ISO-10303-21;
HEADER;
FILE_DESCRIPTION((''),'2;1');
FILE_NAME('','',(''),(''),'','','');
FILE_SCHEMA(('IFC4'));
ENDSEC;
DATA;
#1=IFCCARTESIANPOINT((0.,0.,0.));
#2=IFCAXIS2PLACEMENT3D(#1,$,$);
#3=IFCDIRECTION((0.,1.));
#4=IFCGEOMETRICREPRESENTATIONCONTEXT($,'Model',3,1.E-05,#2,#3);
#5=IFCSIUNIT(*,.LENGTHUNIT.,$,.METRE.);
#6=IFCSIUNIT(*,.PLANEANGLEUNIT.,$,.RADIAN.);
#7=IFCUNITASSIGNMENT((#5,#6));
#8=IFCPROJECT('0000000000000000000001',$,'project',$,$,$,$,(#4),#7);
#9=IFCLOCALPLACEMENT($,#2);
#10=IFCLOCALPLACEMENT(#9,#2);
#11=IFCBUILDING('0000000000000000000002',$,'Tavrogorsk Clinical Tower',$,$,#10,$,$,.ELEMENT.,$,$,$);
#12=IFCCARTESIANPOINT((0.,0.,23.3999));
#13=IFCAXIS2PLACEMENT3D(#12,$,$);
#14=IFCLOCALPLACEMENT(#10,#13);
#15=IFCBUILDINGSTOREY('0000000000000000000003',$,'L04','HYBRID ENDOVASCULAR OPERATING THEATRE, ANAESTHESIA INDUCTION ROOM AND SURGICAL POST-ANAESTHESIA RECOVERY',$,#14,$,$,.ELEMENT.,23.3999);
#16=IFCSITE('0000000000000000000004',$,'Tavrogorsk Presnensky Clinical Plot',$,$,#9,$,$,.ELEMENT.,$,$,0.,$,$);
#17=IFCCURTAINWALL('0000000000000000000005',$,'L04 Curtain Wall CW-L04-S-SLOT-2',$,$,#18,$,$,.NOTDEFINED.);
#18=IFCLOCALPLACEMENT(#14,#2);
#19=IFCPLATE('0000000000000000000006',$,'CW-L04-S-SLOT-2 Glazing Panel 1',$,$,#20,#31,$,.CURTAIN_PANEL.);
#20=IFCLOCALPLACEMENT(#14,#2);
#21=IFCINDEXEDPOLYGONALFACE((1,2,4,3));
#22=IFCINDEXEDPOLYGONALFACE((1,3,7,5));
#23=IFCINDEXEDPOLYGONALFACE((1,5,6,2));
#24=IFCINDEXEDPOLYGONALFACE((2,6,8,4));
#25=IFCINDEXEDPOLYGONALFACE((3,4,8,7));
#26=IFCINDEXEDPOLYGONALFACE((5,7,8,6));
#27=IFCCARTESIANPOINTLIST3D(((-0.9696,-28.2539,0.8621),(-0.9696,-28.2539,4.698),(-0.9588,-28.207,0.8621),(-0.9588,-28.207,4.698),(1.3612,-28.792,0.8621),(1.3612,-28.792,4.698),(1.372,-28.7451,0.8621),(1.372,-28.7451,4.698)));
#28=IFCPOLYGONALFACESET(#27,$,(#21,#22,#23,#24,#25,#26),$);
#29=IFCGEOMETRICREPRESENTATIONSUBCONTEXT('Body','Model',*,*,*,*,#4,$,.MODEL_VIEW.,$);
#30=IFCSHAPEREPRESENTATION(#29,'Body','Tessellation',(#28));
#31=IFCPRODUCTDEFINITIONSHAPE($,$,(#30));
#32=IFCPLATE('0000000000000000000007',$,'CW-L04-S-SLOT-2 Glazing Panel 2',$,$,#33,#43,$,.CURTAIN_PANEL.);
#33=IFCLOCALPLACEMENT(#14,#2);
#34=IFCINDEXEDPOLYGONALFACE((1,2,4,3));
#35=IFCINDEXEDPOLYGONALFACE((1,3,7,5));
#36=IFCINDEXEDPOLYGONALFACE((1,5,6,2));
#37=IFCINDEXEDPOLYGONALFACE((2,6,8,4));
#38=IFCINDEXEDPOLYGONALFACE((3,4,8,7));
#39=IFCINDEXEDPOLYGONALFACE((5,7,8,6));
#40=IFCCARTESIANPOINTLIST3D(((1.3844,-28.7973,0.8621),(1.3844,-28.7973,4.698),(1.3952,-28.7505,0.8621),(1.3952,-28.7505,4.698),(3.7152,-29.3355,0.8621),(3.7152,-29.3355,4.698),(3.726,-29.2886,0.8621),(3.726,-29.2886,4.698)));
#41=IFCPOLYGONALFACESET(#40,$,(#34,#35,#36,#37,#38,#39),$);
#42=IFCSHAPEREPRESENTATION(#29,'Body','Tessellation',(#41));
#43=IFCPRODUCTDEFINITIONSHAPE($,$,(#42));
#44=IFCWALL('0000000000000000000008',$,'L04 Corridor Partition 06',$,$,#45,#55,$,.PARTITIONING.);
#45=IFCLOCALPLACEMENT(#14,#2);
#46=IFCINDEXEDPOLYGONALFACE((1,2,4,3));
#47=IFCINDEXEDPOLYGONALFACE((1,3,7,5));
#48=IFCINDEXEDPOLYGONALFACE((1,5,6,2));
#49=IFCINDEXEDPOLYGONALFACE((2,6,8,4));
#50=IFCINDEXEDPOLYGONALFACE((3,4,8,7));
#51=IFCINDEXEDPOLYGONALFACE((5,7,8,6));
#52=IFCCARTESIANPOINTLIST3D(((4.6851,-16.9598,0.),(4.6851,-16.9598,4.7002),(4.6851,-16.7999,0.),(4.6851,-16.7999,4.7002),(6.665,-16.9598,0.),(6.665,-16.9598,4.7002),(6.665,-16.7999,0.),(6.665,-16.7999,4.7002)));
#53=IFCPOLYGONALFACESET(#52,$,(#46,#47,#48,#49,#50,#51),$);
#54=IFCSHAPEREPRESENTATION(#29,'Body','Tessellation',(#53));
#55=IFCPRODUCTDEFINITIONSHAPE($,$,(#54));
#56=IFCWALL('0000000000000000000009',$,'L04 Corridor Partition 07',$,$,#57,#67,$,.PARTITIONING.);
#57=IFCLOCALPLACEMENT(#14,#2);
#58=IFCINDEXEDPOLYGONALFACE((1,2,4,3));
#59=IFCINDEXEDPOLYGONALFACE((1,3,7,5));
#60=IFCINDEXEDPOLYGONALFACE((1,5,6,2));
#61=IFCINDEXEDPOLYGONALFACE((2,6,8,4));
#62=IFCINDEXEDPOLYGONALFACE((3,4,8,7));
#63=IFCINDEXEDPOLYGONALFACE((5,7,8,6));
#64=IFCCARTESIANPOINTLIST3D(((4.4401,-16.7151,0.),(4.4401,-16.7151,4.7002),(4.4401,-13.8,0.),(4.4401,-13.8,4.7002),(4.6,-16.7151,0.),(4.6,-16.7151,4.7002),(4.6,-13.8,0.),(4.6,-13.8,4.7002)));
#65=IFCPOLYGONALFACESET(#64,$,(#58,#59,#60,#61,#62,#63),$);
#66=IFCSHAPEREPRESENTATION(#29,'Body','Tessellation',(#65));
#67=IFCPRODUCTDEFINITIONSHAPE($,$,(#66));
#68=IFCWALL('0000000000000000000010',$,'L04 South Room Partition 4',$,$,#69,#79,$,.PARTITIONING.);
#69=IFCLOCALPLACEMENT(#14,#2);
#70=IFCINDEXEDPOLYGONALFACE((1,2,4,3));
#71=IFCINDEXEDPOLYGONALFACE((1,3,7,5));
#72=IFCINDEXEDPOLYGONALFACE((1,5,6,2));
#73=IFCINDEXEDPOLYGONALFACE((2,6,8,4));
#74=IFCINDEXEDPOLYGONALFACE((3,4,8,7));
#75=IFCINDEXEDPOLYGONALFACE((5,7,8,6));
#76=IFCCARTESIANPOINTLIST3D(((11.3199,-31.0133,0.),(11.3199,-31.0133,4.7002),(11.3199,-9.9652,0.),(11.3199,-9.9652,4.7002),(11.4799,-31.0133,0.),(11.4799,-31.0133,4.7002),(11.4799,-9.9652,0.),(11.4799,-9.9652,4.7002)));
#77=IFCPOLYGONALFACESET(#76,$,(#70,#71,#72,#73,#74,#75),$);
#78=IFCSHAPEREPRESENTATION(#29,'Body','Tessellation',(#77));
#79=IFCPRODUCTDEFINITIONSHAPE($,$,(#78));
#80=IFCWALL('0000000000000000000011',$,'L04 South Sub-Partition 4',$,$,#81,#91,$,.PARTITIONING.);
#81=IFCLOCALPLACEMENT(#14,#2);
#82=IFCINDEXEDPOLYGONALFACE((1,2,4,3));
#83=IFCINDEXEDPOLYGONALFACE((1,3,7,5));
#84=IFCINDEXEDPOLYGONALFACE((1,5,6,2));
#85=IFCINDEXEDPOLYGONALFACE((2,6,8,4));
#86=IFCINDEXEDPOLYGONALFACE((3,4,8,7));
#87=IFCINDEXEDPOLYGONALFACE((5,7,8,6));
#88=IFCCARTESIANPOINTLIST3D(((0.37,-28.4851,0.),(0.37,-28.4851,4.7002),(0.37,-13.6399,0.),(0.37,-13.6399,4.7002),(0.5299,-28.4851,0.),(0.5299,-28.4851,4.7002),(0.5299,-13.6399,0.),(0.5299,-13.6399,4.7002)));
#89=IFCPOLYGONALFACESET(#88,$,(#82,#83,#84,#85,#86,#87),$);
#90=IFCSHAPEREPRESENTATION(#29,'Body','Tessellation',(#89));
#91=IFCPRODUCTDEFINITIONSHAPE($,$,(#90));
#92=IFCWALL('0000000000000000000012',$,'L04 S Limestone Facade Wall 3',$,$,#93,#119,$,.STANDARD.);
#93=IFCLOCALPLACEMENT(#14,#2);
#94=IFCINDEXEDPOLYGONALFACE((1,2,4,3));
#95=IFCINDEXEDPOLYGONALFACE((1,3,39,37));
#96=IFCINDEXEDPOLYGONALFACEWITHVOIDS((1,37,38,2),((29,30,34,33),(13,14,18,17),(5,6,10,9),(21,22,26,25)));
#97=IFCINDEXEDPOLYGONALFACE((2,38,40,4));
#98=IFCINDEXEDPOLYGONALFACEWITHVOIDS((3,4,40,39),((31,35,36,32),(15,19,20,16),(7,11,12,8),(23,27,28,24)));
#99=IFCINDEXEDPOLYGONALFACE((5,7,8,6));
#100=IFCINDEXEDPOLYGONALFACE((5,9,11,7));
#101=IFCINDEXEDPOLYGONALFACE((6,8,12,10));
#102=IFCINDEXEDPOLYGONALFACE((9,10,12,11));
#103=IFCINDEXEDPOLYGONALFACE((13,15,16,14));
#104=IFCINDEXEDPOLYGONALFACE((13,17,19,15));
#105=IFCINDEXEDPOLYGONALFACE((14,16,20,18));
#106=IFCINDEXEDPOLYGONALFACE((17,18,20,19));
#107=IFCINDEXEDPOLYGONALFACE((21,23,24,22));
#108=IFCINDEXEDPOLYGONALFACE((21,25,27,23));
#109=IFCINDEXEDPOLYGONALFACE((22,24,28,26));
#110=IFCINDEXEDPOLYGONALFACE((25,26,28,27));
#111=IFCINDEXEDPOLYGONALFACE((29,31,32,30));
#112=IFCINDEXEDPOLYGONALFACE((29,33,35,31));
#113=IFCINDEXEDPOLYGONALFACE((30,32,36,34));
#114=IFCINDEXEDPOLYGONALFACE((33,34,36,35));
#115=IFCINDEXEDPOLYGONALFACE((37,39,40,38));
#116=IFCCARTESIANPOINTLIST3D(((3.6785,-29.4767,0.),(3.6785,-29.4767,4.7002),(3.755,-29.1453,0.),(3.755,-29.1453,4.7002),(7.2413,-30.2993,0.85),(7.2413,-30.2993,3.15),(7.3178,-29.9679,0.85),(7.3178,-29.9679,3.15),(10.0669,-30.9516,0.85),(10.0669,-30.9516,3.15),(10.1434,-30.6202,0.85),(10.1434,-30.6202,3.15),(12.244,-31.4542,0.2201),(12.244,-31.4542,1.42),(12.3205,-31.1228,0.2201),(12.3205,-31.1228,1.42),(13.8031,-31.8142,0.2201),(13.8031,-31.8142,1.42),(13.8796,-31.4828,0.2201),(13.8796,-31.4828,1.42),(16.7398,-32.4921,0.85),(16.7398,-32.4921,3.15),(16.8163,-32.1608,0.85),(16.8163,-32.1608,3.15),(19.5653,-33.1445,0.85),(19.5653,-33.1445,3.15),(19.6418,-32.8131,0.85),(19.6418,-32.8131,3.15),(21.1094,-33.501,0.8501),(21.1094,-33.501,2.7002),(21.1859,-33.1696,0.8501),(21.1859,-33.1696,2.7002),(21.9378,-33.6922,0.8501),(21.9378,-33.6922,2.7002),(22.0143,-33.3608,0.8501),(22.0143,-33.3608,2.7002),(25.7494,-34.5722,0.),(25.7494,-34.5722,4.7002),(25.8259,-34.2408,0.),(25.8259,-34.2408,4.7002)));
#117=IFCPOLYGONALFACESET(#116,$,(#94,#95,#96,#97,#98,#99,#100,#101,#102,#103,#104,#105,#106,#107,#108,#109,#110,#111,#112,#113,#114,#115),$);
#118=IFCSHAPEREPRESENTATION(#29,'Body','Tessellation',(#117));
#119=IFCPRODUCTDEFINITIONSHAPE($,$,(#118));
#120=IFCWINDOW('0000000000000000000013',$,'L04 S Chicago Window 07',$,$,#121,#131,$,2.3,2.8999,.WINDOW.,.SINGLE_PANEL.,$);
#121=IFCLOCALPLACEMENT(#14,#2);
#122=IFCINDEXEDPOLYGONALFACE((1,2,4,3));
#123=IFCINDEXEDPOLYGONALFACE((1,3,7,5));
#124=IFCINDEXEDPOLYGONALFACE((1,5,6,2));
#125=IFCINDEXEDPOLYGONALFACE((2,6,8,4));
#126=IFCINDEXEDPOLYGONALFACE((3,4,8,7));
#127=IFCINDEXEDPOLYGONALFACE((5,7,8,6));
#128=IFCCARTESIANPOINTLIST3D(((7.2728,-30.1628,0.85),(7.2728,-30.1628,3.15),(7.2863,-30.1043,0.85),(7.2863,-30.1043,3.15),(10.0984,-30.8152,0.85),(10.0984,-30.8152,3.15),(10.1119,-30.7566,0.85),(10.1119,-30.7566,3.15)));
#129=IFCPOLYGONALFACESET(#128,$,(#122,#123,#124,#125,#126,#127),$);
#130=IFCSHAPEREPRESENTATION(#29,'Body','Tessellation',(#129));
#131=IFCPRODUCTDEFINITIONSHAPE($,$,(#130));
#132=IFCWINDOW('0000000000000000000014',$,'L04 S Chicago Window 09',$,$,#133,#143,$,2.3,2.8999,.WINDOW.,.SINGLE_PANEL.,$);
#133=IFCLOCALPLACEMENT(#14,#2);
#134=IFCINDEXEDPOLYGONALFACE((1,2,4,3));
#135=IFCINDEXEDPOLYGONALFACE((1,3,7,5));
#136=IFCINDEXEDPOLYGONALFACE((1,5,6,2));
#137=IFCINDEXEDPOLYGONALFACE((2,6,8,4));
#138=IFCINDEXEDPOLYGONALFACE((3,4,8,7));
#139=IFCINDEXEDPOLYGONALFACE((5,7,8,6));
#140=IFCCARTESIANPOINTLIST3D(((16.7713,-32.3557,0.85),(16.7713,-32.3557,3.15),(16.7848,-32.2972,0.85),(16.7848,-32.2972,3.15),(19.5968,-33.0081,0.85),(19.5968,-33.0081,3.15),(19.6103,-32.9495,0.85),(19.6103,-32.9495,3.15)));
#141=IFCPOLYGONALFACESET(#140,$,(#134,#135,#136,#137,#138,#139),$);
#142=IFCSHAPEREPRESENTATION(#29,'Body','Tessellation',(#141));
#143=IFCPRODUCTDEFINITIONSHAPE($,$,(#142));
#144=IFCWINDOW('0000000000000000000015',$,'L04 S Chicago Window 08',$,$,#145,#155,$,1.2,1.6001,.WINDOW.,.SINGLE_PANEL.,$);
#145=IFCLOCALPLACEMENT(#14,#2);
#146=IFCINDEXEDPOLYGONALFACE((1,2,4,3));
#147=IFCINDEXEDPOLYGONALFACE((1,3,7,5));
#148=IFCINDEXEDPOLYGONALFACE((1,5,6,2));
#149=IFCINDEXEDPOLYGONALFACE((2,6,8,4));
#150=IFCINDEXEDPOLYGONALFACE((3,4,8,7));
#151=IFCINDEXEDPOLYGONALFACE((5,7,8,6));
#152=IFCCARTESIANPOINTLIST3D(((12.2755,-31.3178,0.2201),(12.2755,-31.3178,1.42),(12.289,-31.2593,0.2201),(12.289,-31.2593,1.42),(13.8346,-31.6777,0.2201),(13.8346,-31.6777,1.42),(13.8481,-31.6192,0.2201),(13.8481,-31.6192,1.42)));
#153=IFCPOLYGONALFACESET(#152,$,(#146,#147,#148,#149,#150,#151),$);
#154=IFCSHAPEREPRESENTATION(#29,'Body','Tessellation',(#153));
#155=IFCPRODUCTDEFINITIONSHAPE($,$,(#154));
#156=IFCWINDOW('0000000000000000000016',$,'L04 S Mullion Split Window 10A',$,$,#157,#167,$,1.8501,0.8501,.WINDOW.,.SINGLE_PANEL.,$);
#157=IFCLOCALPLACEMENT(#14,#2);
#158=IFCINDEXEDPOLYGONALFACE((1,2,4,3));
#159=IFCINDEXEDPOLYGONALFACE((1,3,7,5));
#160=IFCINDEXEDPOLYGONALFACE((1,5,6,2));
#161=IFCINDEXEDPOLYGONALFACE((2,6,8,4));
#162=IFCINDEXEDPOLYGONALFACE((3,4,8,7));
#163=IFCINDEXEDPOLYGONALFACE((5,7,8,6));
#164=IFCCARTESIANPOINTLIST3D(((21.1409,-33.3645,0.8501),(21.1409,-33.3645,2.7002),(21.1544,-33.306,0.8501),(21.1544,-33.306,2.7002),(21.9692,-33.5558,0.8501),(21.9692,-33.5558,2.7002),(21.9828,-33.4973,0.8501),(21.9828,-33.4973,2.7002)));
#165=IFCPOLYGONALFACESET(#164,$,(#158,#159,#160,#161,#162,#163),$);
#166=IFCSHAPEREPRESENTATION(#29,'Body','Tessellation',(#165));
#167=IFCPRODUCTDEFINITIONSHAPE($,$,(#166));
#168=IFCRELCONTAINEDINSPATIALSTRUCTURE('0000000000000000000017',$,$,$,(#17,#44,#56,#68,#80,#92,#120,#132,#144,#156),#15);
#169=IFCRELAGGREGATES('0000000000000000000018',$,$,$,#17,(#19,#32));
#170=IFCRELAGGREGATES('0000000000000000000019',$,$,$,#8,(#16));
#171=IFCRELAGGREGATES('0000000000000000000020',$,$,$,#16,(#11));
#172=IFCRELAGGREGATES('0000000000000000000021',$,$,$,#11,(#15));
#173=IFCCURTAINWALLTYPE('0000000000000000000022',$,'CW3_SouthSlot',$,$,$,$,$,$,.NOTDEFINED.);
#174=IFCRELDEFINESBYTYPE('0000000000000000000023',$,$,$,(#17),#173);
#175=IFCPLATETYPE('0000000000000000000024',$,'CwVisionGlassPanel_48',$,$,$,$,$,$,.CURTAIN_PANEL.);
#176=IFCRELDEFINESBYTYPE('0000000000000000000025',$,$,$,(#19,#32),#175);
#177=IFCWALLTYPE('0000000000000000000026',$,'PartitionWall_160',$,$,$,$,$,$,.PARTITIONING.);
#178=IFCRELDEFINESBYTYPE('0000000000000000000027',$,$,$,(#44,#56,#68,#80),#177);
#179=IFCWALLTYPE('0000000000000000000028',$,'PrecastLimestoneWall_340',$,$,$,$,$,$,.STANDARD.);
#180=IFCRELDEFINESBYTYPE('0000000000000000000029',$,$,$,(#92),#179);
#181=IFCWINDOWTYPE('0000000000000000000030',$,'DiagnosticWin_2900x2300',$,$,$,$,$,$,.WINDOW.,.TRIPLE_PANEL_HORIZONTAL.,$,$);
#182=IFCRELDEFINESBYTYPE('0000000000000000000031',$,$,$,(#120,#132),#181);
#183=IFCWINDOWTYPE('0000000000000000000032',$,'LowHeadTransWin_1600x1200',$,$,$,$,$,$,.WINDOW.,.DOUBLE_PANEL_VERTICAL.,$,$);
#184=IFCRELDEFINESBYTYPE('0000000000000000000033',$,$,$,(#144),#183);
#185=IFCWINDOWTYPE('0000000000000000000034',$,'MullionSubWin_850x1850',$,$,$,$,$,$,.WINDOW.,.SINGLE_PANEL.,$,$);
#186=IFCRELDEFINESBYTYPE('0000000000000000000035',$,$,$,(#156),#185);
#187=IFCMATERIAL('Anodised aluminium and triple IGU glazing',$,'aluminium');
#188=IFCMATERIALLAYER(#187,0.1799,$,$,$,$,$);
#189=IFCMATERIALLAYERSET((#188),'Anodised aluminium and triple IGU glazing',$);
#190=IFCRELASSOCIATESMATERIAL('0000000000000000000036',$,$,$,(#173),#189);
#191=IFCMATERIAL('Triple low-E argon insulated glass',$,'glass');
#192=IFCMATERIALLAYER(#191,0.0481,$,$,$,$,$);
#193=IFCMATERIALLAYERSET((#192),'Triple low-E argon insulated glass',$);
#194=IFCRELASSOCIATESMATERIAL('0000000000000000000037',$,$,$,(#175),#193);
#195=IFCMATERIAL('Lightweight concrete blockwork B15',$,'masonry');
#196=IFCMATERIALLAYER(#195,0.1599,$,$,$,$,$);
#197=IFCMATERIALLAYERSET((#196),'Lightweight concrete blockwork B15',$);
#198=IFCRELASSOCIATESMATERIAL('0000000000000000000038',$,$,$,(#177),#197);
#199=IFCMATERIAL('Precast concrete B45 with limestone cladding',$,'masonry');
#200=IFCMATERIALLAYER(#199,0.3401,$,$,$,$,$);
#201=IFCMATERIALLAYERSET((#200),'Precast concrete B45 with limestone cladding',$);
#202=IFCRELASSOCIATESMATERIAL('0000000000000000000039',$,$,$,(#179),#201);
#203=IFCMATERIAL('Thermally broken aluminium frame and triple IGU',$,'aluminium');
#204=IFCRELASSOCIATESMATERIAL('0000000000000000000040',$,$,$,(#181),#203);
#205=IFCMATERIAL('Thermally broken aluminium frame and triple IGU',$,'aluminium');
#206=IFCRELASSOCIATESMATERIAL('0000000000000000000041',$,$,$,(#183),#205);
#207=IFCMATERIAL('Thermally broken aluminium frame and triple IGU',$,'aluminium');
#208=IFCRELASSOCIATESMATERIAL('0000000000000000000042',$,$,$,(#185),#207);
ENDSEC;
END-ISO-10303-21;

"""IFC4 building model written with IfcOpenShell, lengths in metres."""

from ifc_helpers import new_model, si_unit, direction, frame, frame_2d, origin, origin_2d, place, context, subcontext, project, spatial, rectangle, extrude, material, layer, layer_set, type_object, element, fill, aggregate, save


model = new_model("IFC4")

# Units and contexts
model_context = context("Model", 3, precision=1e-05, world=origin(), true_north=direction((0.0, 1.0)))
body_context = subcontext(model_context, "Body", "Model", "MODEL_VIEW")
ifc_project = project(units=[si_unit("LENGTHUNIT", "METRE"), si_unit("PLANEANGLEUNIT", "RADIAN")], contexts=[model_context])

# Site, building, storey
site_placement = place(None, origin())
site = spatial("IfcSite", under=ifc_project, at=site_placement, Name="Tavrogorsk Presnensky Clinical Plot", CompositionType="ELEMENT", RefElevation=0.0)
building_placement = place(site_placement, origin())
building = spatial("IfcBuilding", under=site, at=building_placement, Name="Tavrogorsk Clinical Tower", CompositionType="ELEMENT")
storey_placement = place(building_placement, frame((0.0, 0.0, 23.3999)))
storey = spatial("IfcBuildingStorey", under=building, at=storey_placement, Name="L04", Description="HYBRID ENDOVASCULAR OPERATING THEATRE, ANAESTHESIA INDUCTION ROOM AND SURGICAL POST-ANAESTHESIA RECOVERY", CompositionType="ELEMENT", Elevation=23.3999)

# Curtain wall
ifc_material_1 = material(Name="Anodised aluminium and triple IGU glazing", Category="aluminium")
ifc_layer_1 = layer(ifc_material_1, 0.1799)
ifc_layer_set_1 = layer_set([ifc_layer_1], Name="Anodised aluminium and triple IGU glazing")
curtain_wall_type = type_object("IfcCurtainWallType", Name="CW3_SouthSlot", PredefinedType="NOTDEFINED", material=ifc_layer_set_1)
curtain_wall_placement = place(storey_placement, origin())
curtain_wall = element("IfcCurtainWall", 1, at=curtain_wall_placement, inside=storey, type_object=curtain_wall_type, Name="L04 Curtain Wall CW-L04-S-SLOT-2", PredefinedType="NOTDEFINED")

# Plates
ifc_material_2 = material(Name="Triple low-E argon insulated glass", Category="glass")
ifc_layer_2 = layer(ifc_material_2, 0.0481)
ifc_layer_set_2 = layer_set([ifc_layer_2], Name="Triple low-E argon insulated glass")
plate_type_1 = type_object("IfcPlateType", Name="CwVisionGlassPanel_48", PredefinedType="CURTAIN_PANEL", material=ifc_layer_set_2)
plate_1_placement = place(storey_placement, frame((0.2012, -28.4995, 0.8621), z_axis=(0.0, 0.0, 1.0), x_axis=(0.97437, -0.224951, 0.0)))
plate_1 = element("IfcPlate", 2, at=plate_1_placement, type_object=plate_type_1, Name="CW-L04-S-SLOT-2 Glazing Panel 1", PredefinedType="CURTAIN_PANEL", context=body_context, shape_type="SweptSolid", body=[
    extrude(rectangle(XDim=2.3921, YDim=0.0481, at=origin_2d()), origin(), (0.0, 0.0, 1.0), 3.8359),
])
plate_2_placement = place(storey_placement, frame((2.5552, -29.043, 0.8621), z_axis=(0.0, 0.0, 1.0), x_axis=(0.97437, -0.224951, 0.0)))
plate_2 = element("IfcPlate", 3, at=plate_2_placement, type_object=plate_type_1, Name="CW-L04-S-SLOT-2 Glazing Panel 2", PredefinedType="CURTAIN_PANEL", context=body_context, shape_type="SweptSolid", body=[
    extrude(rectangle(XDim=2.3921, YDim=0.0481, at=origin_2d()), origin(), (0.0, 0.0, 1.0), 3.8359),
])
aggregate(curtain_wall, [plate_1, plate_2])

# Walls
ifc_material_3 = material(Name="Lightweight concrete blockwork B15", Category="masonry")
ifc_layer_3 = layer(ifc_material_3, 0.1599)
ifc_layer_set_3 = layer_set([ifc_layer_3], Name="Lightweight concrete blockwork B15")
wall_type_1 = type_object("IfcWallType", Name="PartitionWall_160", PredefinedType="PARTITIONING", material=ifc_layer_set_3)
wall_1_placement = place(storey_placement, frame((6.665, -16.8799, 0.0), z_axis=(0.0, 0.0, 1.0), x_axis=(-1.0, 0.0, 0.0)))
element("IfcWall", 4, at=wall_1_placement, inside=storey, type_object=wall_type_1, Name="L04 Corridor Partition 06", PredefinedType="PARTITIONING", context=body_context, shape_type="SweptSolid", body=[
    extrude(rectangle(XDim=1.98, YDim=0.1599, at=frame_2d((0.99, 0.0))), origin(), (0.0, 0.0, 1.0), 4.7002),
])
wall_2_placement = place(storey_placement, frame((4.52, -16.7151, 0.0), z_axis=(0.0, 0.0, 1.0), x_axis=(0.0, 1.0, 0.0)))
element("IfcWall", 5, at=wall_2_placement, inside=storey, type_object=wall_type_1, Name="L04 Corridor Partition 07", PredefinedType="PARTITIONING", context=body_context, shape_type="SweptSolid", body=[
    extrude(rectangle(XDim=2.915, YDim=0.1599, at=frame_2d((1.4575, 0.0))), origin(), (0.0, 0.0, 1.0), 4.7002),
])
wall_3_placement = place(storey_placement, frame((11.3999, -31.0132, 0.0), z_axis=(0.0, 0.0, 1.0), x_axis=(0.0, 1.0, 0.0)))
element("IfcWall", 6, at=wall_3_placement, inside=storey, type_object=wall_type_1, Name="L04 South Room Partition 4", PredefinedType="PARTITIONING", context=body_context, shape_type="SweptSolid", body=[
    extrude(rectangle(XDim=21.0481, YDim=0.1599, at=frame_2d((10.5239, 0.0))), origin(), (0.0, 0.0, 1.0), 4.7002),
])
wall_4_placement = place(storey_placement, frame((0.45, -28.4851, 0.0), z_axis=(0.0, 0.0, 1.0), x_axis=(0.0, 1.0, 0.0)))
element("IfcWall", 7, at=wall_4_placement, inside=storey, type_object=wall_type_1, Name="L04 South Sub-Partition 4", PredefinedType="PARTITIONING", context=body_context, shape_type="SweptSolid", body=[
    extrude(rectangle(XDim=14.8452, YDim=0.1599, at=frame_2d((7.4226, 0.0))), origin(), (0.0, 0.0, 1.0), 4.7002),
])

# Wall, openings, windows
ifc_material_4 = material(Name="Precast concrete B45 with limestone cladding", Category="masonry")
ifc_layer_4 = layer(ifc_material_4, 0.3401)
ifc_layer_set_4 = layer_set([ifc_layer_4], Name="Precast concrete B45 with limestone cladding")
wall_type_2 = type_object("IfcWallType", Name="PrecastLimestoneWall_340", PredefinedType="STANDARD", material=ifc_layer_set_4)
wall_5_placement = place(storey_placement, frame((3.7168, -29.311, 0.0), z_axis=(0.0, 0.0, 1.0), x_axis=(0.97437, -0.224952, 0.0)))
wall_5 = element("IfcWall", 8, at=wall_5_placement, inside=storey, type_object=wall_type_2, Name="L04 S Limestone Facade Wall 3", PredefinedType="STANDARD", context=body_context, shape_type="SweptSolid", body=[
    extrude(rectangle(XDim=22.6514, YDim=0.3401, at=frame_2d((11.3257, 0.0))), origin(), (0.0, 0.0, 1.0), 4.7002),
])
opening_1_placement = place(wall_5_placement, frame((3.6565, 0.0, 0.8501)))
opening_1 = element("IfcOpeningElement", 9, at=opening_1_placement, cuts=wall_5, PredefinedType="OPENING", context=body_context, shape_type="SweptSolid", body=[
    extrude(rectangle(XDim=2.8999, YDim=2.3, at=frame_2d((1.45, 1.1499))), frame((0.0, 0.1799, 0.0), z_axis=(0.0, -1.0, 0.0), x_axis=(1.0, 0.0, 0.0)), (0.0, 0.0, 1.0), 0.3601),
])
opening_2_placement = place(wall_5_placement, frame((8.7908, 0.0, 0.22)))
opening_2 = element("IfcOpeningElement", 10, at=opening_2_placement, cuts=wall_5, PredefinedType="OPENING", context=body_context, shape_type="SweptSolid", body=[
    extrude(rectangle(XDim=1.6001, YDim=1.2, at=frame_2d((0.8, 0.6001))), frame((0.0, 0.1799, 0.0), z_axis=(0.0, -1.0, 0.0), x_axis=(1.0, 0.0, 0.0)), (0.0, 0.0, 1.0), 0.3601),
])
opening_3_placement = place(wall_5_placement, frame((13.4048, 0.0, 0.8501)))
opening_3 = element("IfcOpeningElement", 11, at=opening_3_placement, cuts=wall_5, PredefinedType="OPENING", context=body_context, shape_type="SweptSolid", body=[
    extrude(rectangle(XDim=2.8999, YDim=2.3, at=frame_2d((1.45, 1.1499))), frame((0.0, 0.1799, 0.0), z_axis=(0.0, -1.0, 0.0), x_axis=(1.0, 0.0, 0.0)), (0.0, 0.0, 1.0), 0.3601),
])
opening_4_placement = place(wall_5_placement, frame((17.8894, 0.0, 0.8501)))
opening_4 = element("IfcOpeningElement", 12, at=opening_4_placement, cuts=wall_5, PredefinedType="OPENING", context=body_context, shape_type="SweptSolid", body=[
    extrude(rectangle(XDim=0.8501, YDim=1.8501, at=frame_2d((0.425, 0.925))), frame((0.0, 0.1799, 0.0), z_axis=(0.0, -1.0, 0.0), x_axis=(1.0, 0.0, 0.0)), (0.0, 0.0, 1.0), 0.3601),
])
ifc_material_5 = material(Name="Thermally broken aluminium frame and triple IGU", Category="aluminium")
window_type_1 = type_object("IfcWindowType", Name="DiagnosticWin_2900x2300", PartitioningType="TRIPLE_PANEL_HORIZONTAL", PredefinedType="WINDOW", material=ifc_material_5)
window_1_placement = place(opening_1_placement, origin())
window_1 = element("IfcWindow", 13, at=window_1_placement, inside=storey, type_object=window_type_1, Name="L04 S Chicago Window 07", OverallHeight=2.3, OverallWidth=2.8999, PartitioningType="SINGLE_PANEL", PredefinedType="WINDOW", context=body_context, shape_type="SweptSolid", body=[
    extrude(rectangle(XDim=2.8999, YDim=2.3, at=frame_2d((1.45, 1.1499))), frame((0.0, 0.03, 0.0), z_axis=(0.0, -1.0, 0.0), x_axis=(1.0, 0.0, 0.0)), (0.0, 0.0, 1.0), 0.0601),
])
fill(opening_1, window_1)
window_2_placement = place(opening_3_placement, origin())
window_2 = element("IfcWindow", 14, at=window_2_placement, inside=storey, type_object=window_type_1, Name="L04 S Chicago Window 09", OverallHeight=2.3, OverallWidth=2.8999, PartitioningType="SINGLE_PANEL", PredefinedType="WINDOW", context=body_context, shape_type="SweptSolid", body=[
    extrude(rectangle(XDim=2.8999, YDim=2.3, at=frame_2d((1.45, 1.1499))), frame((0.0, 0.03, 0.0), z_axis=(0.0, -1.0, 0.0), x_axis=(1.0, 0.0, 0.0)), (0.0, 0.0, 1.0), 0.0601),
])
fill(opening_3, window_2)
ifc_material_6 = material(Name="Thermally broken aluminium frame and triple IGU", Category="aluminium")
window_type_2 = type_object("IfcWindowType", Name="LowHeadTransWin_1600x1200", PartitioningType="DOUBLE_PANEL_VERTICAL", PredefinedType="WINDOW", material=ifc_material_6)
window_3_placement = place(opening_2_placement, origin())
window_3 = element("IfcWindow", 15, at=window_3_placement, inside=storey, type_object=window_type_2, Name="L04 S Chicago Window 08", OverallHeight=1.2, OverallWidth=1.6001, PartitioningType="SINGLE_PANEL", PredefinedType="WINDOW", context=body_context, shape_type="SweptSolid", body=[
    extrude(rectangle(XDim=1.6001, YDim=1.2, at=frame_2d((0.8, 0.6001))), frame((0.0, 0.03, 0.0), z_axis=(0.0, -1.0, 0.0), x_axis=(1.0, 0.0, 0.0)), (0.0, 0.0, 1.0), 0.0601),
])
fill(opening_2, window_3)
ifc_material_7 = material(Name="Thermally broken aluminium frame and triple IGU", Category="aluminium")
window_type_3 = type_object("IfcWindowType", Name="MullionSubWin_850x1850", PartitioningType="SINGLE_PANEL", PredefinedType="WINDOW", material=ifc_material_7)
window_4_placement = place(opening_4_placement, origin())
window_4 = element("IfcWindow", 16, at=window_4_placement, inside=storey, type_object=window_type_3, Name="L04 S Mullion Split Window 10A", OverallHeight=1.8501, OverallWidth=0.8501, PartitioningType="SINGLE_PANEL", PredefinedType="WINDOW", context=body_context, shape_type="SweptSolid", body=[
    extrude(rectangle(XDim=0.8501, YDim=1.8501, at=frame_2d((0.425, 0.925))), frame((0.0, 0.03, 0.0), z_axis=(0.0, -1.0, 0.0), x_axis=(1.0, 0.0, 0.0)), (0.0, 0.0, 1.0), 0.0601),
])
fill(opening_4, window_4)

save(model, "model.ifc")
